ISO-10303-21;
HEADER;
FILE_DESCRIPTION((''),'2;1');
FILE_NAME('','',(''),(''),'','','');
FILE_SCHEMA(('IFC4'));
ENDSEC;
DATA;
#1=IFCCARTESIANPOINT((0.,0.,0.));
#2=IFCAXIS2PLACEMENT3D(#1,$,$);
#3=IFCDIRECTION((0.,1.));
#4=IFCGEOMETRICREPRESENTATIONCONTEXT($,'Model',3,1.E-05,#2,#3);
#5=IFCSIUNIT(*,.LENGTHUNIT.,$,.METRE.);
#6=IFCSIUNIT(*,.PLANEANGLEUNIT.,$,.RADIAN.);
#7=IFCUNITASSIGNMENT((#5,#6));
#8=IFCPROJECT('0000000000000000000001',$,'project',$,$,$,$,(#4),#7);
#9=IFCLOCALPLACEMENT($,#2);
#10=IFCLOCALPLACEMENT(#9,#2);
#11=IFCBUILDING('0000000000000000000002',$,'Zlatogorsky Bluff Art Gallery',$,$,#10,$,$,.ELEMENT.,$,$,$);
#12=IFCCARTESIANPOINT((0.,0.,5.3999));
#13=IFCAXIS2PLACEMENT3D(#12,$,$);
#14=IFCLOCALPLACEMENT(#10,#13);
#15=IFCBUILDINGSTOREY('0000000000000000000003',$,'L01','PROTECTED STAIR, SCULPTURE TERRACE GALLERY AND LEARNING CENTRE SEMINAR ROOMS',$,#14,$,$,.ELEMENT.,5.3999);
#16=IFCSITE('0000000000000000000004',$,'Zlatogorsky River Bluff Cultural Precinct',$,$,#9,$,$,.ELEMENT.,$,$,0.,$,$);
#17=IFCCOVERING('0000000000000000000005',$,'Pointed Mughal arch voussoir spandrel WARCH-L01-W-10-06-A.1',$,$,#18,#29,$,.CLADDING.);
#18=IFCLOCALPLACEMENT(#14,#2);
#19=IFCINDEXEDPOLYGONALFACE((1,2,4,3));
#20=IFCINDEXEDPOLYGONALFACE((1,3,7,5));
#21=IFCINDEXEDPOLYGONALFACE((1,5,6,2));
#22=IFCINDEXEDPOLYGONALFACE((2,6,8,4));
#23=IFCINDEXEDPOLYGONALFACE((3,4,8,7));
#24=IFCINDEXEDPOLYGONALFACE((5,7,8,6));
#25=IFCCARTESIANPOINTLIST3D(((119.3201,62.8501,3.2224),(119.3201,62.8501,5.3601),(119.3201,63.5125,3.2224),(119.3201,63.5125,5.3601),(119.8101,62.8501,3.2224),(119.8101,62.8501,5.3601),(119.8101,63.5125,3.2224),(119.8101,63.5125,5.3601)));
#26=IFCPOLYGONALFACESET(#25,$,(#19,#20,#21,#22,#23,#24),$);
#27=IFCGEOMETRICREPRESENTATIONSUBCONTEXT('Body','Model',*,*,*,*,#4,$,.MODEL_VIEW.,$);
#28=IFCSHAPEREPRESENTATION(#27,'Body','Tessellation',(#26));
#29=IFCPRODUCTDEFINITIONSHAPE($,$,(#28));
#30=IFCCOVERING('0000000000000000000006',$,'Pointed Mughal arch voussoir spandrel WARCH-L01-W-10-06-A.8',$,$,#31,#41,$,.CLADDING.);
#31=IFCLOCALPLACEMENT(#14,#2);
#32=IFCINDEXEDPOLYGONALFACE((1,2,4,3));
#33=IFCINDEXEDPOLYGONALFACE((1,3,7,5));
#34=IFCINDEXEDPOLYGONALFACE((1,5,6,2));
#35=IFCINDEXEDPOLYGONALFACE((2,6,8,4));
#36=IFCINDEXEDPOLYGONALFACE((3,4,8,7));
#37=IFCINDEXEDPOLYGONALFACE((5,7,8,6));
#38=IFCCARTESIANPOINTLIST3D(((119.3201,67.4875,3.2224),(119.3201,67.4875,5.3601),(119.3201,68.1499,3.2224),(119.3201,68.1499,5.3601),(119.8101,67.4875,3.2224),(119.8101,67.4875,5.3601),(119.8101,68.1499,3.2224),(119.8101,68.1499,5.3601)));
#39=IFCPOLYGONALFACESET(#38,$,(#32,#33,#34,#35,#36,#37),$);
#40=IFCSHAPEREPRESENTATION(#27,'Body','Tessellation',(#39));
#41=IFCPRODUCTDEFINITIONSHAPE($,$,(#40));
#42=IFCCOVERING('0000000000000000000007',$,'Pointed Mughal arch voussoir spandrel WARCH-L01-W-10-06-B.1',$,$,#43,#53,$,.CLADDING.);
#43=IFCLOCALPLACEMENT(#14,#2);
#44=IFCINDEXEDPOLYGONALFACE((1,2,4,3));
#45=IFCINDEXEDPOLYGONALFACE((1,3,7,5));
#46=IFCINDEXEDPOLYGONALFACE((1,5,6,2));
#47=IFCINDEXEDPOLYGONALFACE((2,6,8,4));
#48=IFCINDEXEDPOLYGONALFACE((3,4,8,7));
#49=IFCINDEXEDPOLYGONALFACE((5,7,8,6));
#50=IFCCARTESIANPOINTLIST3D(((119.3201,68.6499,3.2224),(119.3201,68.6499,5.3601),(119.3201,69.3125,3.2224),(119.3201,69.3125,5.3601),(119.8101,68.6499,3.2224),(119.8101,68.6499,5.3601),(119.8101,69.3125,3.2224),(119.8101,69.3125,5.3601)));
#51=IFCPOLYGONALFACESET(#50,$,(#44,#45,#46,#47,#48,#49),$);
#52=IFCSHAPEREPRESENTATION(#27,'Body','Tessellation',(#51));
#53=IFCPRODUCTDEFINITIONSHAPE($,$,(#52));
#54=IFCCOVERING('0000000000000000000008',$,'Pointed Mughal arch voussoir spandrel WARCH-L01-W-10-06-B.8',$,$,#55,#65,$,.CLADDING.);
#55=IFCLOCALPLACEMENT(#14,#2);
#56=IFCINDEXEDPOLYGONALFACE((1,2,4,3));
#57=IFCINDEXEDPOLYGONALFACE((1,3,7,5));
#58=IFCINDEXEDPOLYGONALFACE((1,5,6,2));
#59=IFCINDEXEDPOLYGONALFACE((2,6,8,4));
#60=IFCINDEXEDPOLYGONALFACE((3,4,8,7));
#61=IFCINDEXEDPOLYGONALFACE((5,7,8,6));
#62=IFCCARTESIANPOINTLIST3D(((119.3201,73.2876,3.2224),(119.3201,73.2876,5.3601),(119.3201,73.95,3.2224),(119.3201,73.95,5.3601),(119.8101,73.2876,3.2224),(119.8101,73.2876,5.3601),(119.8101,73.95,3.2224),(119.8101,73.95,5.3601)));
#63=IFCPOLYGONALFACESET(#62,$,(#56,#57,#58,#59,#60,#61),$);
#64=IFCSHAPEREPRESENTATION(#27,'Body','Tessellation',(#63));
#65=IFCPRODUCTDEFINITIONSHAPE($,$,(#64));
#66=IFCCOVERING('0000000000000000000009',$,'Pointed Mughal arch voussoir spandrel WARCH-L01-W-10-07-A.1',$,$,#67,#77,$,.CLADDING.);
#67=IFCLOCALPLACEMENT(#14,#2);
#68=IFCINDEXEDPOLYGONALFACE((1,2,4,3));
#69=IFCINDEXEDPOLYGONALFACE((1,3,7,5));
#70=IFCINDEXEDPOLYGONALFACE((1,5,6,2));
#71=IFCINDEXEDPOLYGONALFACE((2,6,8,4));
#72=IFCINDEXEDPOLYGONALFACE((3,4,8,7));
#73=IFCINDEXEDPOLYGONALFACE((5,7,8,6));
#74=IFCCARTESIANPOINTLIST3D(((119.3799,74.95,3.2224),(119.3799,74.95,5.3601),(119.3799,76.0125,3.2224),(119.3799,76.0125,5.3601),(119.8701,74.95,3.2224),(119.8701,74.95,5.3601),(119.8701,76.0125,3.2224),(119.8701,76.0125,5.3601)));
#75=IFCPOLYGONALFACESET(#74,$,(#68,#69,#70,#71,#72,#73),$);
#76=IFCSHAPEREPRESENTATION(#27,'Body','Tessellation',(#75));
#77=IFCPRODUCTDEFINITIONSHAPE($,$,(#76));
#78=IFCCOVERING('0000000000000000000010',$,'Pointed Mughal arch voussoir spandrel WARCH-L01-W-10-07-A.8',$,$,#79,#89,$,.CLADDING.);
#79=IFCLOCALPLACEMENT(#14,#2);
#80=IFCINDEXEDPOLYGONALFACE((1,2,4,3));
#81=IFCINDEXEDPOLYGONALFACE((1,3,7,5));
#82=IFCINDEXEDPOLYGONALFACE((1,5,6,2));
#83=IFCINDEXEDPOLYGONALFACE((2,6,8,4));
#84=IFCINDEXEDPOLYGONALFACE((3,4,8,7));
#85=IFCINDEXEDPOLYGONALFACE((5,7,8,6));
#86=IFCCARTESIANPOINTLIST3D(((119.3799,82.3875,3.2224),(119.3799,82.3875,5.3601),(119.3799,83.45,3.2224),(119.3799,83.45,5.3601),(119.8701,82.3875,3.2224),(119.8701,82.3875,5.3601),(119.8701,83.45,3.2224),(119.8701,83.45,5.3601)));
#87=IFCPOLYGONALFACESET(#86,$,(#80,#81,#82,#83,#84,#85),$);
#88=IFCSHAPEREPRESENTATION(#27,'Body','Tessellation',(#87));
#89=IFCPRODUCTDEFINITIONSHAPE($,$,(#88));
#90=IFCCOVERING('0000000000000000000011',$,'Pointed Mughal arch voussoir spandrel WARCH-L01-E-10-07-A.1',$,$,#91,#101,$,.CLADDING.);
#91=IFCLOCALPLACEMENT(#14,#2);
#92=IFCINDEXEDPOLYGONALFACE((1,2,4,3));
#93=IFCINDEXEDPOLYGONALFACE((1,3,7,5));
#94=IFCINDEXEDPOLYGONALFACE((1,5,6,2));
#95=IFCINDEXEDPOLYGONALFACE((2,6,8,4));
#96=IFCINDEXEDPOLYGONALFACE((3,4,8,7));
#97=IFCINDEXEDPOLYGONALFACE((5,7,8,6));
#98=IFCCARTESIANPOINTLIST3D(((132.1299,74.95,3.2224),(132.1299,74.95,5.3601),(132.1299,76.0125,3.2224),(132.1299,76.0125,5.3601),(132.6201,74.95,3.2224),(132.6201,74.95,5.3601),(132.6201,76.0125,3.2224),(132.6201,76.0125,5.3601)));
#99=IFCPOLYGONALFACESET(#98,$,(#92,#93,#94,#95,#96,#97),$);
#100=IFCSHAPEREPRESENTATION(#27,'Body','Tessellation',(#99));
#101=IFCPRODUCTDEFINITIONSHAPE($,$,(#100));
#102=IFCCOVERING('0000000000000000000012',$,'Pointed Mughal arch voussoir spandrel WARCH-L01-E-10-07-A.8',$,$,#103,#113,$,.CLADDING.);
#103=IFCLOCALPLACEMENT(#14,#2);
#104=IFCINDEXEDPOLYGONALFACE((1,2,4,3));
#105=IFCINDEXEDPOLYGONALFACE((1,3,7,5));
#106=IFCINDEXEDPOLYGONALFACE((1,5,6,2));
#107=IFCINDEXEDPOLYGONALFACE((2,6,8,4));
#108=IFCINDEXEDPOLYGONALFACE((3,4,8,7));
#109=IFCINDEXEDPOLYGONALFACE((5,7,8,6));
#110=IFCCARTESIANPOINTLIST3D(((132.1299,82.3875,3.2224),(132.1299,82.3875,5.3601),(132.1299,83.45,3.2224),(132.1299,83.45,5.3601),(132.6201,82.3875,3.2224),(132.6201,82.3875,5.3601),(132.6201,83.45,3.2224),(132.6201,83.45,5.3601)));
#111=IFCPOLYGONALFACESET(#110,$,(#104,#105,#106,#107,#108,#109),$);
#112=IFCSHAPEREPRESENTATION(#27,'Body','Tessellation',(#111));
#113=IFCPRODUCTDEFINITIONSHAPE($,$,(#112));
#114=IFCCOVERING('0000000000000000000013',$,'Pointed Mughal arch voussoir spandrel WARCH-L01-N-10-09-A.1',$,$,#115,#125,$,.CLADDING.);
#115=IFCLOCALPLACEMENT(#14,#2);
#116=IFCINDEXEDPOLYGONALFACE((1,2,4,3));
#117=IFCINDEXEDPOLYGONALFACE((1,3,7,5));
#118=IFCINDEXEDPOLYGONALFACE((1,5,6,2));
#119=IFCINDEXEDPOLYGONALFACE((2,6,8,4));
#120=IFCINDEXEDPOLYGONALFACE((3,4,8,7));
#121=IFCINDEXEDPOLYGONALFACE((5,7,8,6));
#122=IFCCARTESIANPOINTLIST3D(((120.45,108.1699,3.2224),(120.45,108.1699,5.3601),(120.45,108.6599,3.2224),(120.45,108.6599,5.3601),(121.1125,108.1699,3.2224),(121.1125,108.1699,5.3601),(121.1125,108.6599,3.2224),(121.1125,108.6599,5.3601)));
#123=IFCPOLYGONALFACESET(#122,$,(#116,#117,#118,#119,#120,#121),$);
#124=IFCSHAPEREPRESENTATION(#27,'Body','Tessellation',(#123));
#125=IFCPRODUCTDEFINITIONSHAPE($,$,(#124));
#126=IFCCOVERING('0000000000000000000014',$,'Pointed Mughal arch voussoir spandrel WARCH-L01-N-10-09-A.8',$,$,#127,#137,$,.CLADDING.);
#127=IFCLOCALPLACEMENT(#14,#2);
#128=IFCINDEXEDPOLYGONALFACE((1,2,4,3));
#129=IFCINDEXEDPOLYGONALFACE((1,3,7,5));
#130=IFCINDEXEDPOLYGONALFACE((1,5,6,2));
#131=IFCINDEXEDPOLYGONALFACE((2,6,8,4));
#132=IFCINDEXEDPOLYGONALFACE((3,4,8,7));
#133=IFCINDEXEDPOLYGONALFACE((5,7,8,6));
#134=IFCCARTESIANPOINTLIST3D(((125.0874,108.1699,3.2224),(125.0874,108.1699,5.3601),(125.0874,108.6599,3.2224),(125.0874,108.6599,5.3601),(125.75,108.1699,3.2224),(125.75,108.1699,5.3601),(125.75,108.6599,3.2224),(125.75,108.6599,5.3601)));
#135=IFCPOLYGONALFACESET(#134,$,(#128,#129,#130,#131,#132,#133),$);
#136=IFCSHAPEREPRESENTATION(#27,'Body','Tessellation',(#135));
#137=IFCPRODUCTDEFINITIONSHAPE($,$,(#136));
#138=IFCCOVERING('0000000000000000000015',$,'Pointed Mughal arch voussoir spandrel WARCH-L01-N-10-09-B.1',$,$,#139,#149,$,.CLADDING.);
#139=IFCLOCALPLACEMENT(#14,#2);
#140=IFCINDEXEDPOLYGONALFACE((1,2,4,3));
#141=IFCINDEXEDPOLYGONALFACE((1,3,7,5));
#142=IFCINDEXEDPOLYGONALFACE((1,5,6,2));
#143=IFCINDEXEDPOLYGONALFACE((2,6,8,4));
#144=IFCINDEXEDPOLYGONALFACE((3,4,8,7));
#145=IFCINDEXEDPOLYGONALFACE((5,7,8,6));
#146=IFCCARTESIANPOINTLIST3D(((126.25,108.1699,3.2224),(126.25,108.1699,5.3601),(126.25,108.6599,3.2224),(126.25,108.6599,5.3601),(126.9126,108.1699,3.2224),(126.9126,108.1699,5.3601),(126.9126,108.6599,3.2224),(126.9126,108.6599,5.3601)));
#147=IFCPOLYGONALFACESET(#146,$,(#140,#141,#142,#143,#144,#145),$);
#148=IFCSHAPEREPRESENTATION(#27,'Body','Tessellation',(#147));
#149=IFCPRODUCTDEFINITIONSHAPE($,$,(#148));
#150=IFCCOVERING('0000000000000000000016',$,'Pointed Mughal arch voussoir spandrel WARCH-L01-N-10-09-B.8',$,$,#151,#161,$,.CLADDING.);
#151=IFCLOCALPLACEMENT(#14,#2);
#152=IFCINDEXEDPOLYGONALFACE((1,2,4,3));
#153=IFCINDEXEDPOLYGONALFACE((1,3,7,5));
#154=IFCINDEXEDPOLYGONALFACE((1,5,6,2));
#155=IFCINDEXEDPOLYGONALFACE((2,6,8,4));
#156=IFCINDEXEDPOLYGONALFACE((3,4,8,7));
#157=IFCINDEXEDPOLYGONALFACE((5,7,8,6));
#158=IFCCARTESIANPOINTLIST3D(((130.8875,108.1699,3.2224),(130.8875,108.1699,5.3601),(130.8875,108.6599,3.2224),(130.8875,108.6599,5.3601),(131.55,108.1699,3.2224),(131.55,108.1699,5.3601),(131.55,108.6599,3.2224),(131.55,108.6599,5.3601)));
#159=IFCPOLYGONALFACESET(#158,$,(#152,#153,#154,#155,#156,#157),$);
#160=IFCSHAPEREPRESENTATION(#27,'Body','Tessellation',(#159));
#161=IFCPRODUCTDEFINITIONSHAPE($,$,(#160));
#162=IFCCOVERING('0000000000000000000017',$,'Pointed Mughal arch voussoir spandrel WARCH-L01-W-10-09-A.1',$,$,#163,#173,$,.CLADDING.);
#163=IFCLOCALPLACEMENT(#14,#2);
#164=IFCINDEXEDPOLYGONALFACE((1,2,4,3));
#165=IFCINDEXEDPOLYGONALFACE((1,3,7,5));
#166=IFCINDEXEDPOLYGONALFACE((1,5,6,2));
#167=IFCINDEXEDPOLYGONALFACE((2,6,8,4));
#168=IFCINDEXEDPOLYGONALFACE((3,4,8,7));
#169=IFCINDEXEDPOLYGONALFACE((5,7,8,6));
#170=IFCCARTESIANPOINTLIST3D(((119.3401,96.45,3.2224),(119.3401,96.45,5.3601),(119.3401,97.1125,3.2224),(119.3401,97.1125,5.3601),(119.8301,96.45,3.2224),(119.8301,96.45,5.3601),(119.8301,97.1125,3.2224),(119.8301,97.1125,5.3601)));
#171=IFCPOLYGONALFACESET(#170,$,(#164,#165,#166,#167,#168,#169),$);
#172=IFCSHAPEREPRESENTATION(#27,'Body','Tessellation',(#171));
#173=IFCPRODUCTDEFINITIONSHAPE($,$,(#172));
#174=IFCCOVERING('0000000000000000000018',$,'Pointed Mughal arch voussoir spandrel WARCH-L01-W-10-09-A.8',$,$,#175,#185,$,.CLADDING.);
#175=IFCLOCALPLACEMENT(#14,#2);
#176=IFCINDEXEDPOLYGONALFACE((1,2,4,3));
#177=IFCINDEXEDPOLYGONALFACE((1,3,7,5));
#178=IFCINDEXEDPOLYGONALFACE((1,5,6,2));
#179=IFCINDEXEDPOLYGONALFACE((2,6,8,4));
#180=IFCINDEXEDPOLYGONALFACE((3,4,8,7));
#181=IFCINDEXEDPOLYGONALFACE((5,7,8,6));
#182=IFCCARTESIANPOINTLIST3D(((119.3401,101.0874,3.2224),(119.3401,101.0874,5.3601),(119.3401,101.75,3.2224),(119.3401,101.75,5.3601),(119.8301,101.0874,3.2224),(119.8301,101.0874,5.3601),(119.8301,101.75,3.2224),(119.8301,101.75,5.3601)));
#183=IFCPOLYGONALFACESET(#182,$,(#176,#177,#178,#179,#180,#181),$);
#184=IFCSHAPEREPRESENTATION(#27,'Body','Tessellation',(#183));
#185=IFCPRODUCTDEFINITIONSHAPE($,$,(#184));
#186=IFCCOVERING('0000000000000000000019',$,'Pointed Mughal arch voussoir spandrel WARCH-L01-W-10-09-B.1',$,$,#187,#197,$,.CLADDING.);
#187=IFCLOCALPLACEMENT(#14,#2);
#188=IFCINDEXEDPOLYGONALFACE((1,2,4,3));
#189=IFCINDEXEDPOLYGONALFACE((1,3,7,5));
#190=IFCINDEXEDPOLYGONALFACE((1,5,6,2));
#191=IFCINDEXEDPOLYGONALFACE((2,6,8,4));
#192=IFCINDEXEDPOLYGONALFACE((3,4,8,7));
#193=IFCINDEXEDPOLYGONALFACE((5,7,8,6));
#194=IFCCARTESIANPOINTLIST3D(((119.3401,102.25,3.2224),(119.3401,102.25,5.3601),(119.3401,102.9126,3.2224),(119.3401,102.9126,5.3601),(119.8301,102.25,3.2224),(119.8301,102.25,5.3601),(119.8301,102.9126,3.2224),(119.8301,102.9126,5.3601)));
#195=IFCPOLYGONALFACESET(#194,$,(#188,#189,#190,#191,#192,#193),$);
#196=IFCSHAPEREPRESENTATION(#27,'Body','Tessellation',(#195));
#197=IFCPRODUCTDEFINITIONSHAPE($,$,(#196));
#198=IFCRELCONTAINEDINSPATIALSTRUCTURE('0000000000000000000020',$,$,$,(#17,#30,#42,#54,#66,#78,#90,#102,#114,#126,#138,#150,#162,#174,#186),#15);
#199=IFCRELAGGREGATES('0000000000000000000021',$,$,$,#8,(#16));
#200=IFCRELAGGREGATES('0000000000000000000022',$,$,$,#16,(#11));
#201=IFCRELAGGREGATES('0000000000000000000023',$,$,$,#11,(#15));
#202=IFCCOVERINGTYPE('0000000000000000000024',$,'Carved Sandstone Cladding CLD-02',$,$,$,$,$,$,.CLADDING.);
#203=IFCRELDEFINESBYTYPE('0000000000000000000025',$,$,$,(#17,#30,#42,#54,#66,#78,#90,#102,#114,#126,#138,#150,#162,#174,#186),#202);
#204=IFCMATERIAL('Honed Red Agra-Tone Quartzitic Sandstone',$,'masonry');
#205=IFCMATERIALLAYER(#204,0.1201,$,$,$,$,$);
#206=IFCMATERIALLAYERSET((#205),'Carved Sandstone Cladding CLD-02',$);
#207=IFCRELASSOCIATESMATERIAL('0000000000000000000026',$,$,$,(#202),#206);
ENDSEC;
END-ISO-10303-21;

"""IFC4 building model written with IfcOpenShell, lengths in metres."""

from ifc_helpers import new_model, si_unit, direction, frame, origin, place, context, subcontext, project, spatial, polyline, outline, extrude, material, layer, layer_set, type_object, element, save


model = new_model("IFC4")

# Units and contexts
model_context = context("Model", 3, precision=1e-05, world=origin(), true_north=direction((0.0, 1.0)))
body_context = subcontext(model_context, "Body", "Model", "MODEL_VIEW")
ifc_project = project(units=[si_unit("LENGTHUNIT", "METRE"), si_unit("PLANEANGLEUNIT", "RADIAN")], contexts=[model_context])

# Site, building, storey
site_placement = place(None, origin())
site = spatial("IfcSite", under=ifc_project, at=site_placement, Name="Zlatogorsky River Bluff Cultural Precinct", CompositionType="ELEMENT", RefElevation=0.0)
building_placement = place(site_placement, origin())
building = spatial("IfcBuilding", under=site, at=building_placement, Name="Zlatogorsky Bluff Art Gallery", CompositionType="ELEMENT")
storey_placement = place(building_placement, frame((0.0, 0.0, 5.3999)))
storey = spatial("IfcBuildingStorey", under=building, at=storey_placement, Name="L01", Description="PROTECTED STAIR, SCULPTURE TERRACE GALLERY AND LEARNING CENTRE SEMINAR ROOMS", CompositionType="ELEMENT", Elevation=5.3999)

# Coverings
ifc_material = material(Name="Honed Red Agra-Tone Quartzitic Sandstone", Category="masonry")
ifc_layer = layer(ifc_material, 0.1201)
ifc_layer_set = layer_set([ifc_layer], Name="Carved Sandstone Cladding CLD-02")
covering_type = type_object("IfcCoveringType", Name="Carved Sandstone Cladding CLD-02", PredefinedType="CLADDING", material=ifc_layer_set)
covering_1_placement = place(storey_placement, frame((0.0, 0.0, 3.2224)))
element("IfcCovering", 1, at=covering_1_placement, inside=storey, type_object=covering_type, Name="Pointed Mughal arch voussoir spandrel WARCH-L01-W-10-06-A.1", PredefinedType="CLADDING", context=body_context, shape_type="SweptSolid", body=[
    extrude(outline(polyline([(119.3201, 62.8501), (119.3201, 63.5125), (119.8101, 63.5125), (119.8101, 62.8501), (119.3201, 62.8501)])), origin(), (0.0, 0.0, 1.0), 2.1377),
])
covering_2_placement = place(storey_placement, frame((0.0, 0.0, 3.2224)))
element("IfcCovering", 2, at=covering_2_placement, inside=storey, type_object=covering_type, Name="Pointed Mughal arch voussoir spandrel WARCH-L01-W-10-06-A.8", PredefinedType="CLADDING", context=body_context, shape_type="SweptSolid", body=[
    extrude(outline(polyline([(119.3201, 67.4875), (119.3201, 68.1499), (119.8101, 68.1499), (119.8101, 67.4875), (119.3201, 67.4875)])), origin(), (0.0, 0.0, 1.0), 2.1377),
])
covering_3_placement = place(storey_placement, frame((0.0, 0.0, 3.2224)))
element("IfcCovering", 3, at=covering_3_placement, inside=storey, type_object=covering_type, Name="Pointed Mughal arch voussoir spandrel WARCH-L01-W-10-06-B.1", PredefinedType="CLADDING", context=body_context, shape_type="SweptSolid", body=[
    extrude(outline(polyline([(119.3201, 68.6499), (119.3201, 69.3125), (119.8101, 69.3125), (119.8101, 68.6499), (119.3201, 68.6499)])), origin(), (0.0, 0.0, 1.0), 2.1377),
])
covering_4_placement = place(storey_placement, frame((0.0, 0.0, 3.2224)))
element("IfcCovering", 4, at=covering_4_placement, inside=storey, type_object=covering_type, Name="Pointed Mughal arch voussoir spandrel WARCH-L01-W-10-06-B.8", PredefinedType="CLADDING", context=body_context, shape_type="SweptSolid", body=[
    extrude(outline(polyline([(119.3201, 73.2876), (119.3201, 73.95), (119.8101, 73.95), (119.8101, 73.2876), (119.3201, 73.2876)])), origin(), (0.0, 0.0, 1.0), 2.1377),
])
covering_5_placement = place(storey_placement, frame((0.0, 0.0, 3.2224)))
element("IfcCovering", 5, at=covering_5_placement, inside=storey, type_object=covering_type, Name="Pointed Mughal arch voussoir spandrel WARCH-L01-W-10-07-A.1", PredefinedType="CLADDING", context=body_context, shape_type="SweptSolid", body=[
    extrude(outline(polyline([(119.3799, 74.95), (119.3799, 76.0125), (119.8701, 76.0125), (119.8701, 74.95), (119.3799, 74.95)])), origin(), (0.0, 0.0, 1.0), 2.1377),
])
covering_6_placement = place(storey_placement, frame((0.0, 0.0, 3.2224)))
element("IfcCovering", 6, at=covering_6_placement, inside=storey, type_object=covering_type, Name="Pointed Mughal arch voussoir spandrel WARCH-L01-W-10-07-A.8", PredefinedType="CLADDING", context=body_context, shape_type="SweptSolid", body=[
    extrude(outline(polyline([(119.3799, 82.3875), (119.3799, 83.45), (119.8701, 83.45), (119.8701, 82.3875), (119.3799, 82.3875)])), origin(), (0.0, 0.0, 1.0), 2.1377),
])
covering_7_placement = place(storey_placement, frame((0.0, 0.0, 3.2224)))
element("IfcCovering", 7, at=covering_7_placement, inside=storey, type_object=covering_type, Name="Pointed Mughal arch voussoir spandrel WARCH-L01-E-10-07-A.1", PredefinedType="CLADDING", context=body_context, shape_type="SweptSolid", body=[
    extrude(outline(polyline([(132.1299, 74.95), (132.1299, 76.0125), (132.6201, 76.0125), (132.6201, 74.95), (132.1299, 74.95)])), origin(), (0.0, 0.0, 1.0), 2.1377),
])
covering_8_placement = place(storey_placement, frame((0.0, 0.0, 3.2224)))
element("IfcCovering", 8, at=covering_8_placement, inside=storey, type_object=covering_type, Name="Pointed Mughal arch voussoir spandrel WARCH-L01-E-10-07-A.8", PredefinedType="CLADDING", context=body_context, shape_type="SweptSolid", body=[
    extrude(outline(polyline([(132.1299, 82.3875), (132.1299, 83.45), (132.6201, 83.45), (132.6201, 82.3875), (132.1299, 82.3875)])), origin(), (0.0, 0.0, 1.0), 2.1377),
])
covering_9_placement = place(storey_placement, frame((0.0, 0.0, 3.2224)))
element("IfcCovering", 9, at=covering_9_placement, inside=storey, type_object=covering_type, Name="Pointed Mughal arch voussoir spandrel WARCH-L01-N-10-09-A.1", PredefinedType="CLADDING", context=body_context, shape_type="SweptSolid", body=[
    extrude(outline(polyline([(120.45, 108.1699), (121.1125, 108.1699), (121.1125, 108.6599), (120.45, 108.6599), (120.45, 108.1699)])), origin(), (0.0, 0.0, 1.0), 2.1377),
])
covering_10_placement = place(storey_placement, frame((0.0, 0.0, 3.2224)))
element("IfcCovering", 10, at=covering_10_placement, inside=storey, type_object=covering_type, Name="Pointed Mughal arch voussoir spandrel WARCH-L01-N-10-09-A.8", PredefinedType="CLADDING", context=body_context, shape_type="SweptSolid", body=[
    extrude(outline(polyline([(125.0874, 108.1699), (125.75, 108.1699), (125.75, 108.6599), (125.0874, 108.6599), (125.0874, 108.1699)])), origin(), (0.0, 0.0, 1.0), 2.1377),
])
covering_11_placement = place(storey_placement, frame((0.0, 0.0, 3.2224)))
element("IfcCovering", 11, at=covering_11_placement, inside=storey, type_object=covering_type, Name="Pointed Mughal arch voussoir spandrel WARCH-L01-N-10-09-B.1", PredefinedType="CLADDING", context=body_context, shape_type="SweptSolid", body=[
    extrude(outline(polyline([(126.25, 108.1699), (126.9126, 108.1699), (126.9126, 108.6599), (126.25, 108.6599), (126.25, 108.1699)])), origin(), (0.0, 0.0, 1.0), 2.1377),
])
covering_12_placement = place(storey_placement, frame((0.0, 0.0, 3.2224)))
element("IfcCovering", 12, at=covering_12_placement, inside=storey, type_object=covering_type, Name="Pointed Mughal arch voussoir spandrel WARCH-L01-N-10-09-B.8", PredefinedType="CLADDING", context=body_context, shape_type="SweptSolid", body=[
    extrude(outline(polyline([(130.8875, 108.1699), (131.55, 108.1699), (131.55, 108.6599), (130.8875, 108.6599), (130.8875, 108.1699)])), origin(), (0.0, 0.0, 1.0), 2.1377),
])
covering_13_placement = place(storey_placement, frame((0.0, 0.0, 3.2224)))
element("IfcCovering", 13, at=covering_13_placement, inside=storey, type_object=covering_type, Name="Pointed Mughal arch voussoir spandrel WARCH-L01-W-10-09-A.1", PredefinedType="CLADDING", context=body_context, shape_type="SweptSolid", body=[
    extrude(outline(polyline([(119.3401, 96.45), (119.3401, 97.1125), (119.8301, 97.1125), (119.8301, 96.45), (119.3401, 96.45)])), origin(), (0.0, 0.0, 1.0), 2.1377),
])
covering_14_placement = place(storey_placement, frame((0.0, 0.0, 3.2224)))
element("IfcCovering", 14, at=covering_14_placement, inside=storey, type_object=covering_type, Name="Pointed Mughal arch voussoir spandrel WARCH-L01-W-10-09-A.8", PredefinedType="CLADDING", context=body_context, shape_type="SweptSolid", body=[
    extrude(outline(polyline([(119.3401, 101.0874), (119.3401, 101.75), (119.8301, 101.75), (119.8301, 101.0874), (119.3401, 101.0874)])), origin(), (0.0, 0.0, 1.0), 2.1377),
])
covering_15_placement = place(storey_placement, frame((0.0, 0.0, 3.2224)))
element("IfcCovering", 15, at=covering_15_placement, inside=storey, type_object=covering_type, Name="Pointed Mughal arch voussoir spandrel WARCH-L01-W-10-09-B.1", PredefinedType="CLADDING", context=body_context, shape_type="SweptSolid", body=[
    extrude(outline(polyline([(119.3401, 102.25), (119.3401, 102.9126), (119.8301, 102.9126), (119.8301, 102.25), (119.3401, 102.25)])), origin(), (0.0, 0.0, 1.0), 2.1377),
])

save(model, "model.ifc")
